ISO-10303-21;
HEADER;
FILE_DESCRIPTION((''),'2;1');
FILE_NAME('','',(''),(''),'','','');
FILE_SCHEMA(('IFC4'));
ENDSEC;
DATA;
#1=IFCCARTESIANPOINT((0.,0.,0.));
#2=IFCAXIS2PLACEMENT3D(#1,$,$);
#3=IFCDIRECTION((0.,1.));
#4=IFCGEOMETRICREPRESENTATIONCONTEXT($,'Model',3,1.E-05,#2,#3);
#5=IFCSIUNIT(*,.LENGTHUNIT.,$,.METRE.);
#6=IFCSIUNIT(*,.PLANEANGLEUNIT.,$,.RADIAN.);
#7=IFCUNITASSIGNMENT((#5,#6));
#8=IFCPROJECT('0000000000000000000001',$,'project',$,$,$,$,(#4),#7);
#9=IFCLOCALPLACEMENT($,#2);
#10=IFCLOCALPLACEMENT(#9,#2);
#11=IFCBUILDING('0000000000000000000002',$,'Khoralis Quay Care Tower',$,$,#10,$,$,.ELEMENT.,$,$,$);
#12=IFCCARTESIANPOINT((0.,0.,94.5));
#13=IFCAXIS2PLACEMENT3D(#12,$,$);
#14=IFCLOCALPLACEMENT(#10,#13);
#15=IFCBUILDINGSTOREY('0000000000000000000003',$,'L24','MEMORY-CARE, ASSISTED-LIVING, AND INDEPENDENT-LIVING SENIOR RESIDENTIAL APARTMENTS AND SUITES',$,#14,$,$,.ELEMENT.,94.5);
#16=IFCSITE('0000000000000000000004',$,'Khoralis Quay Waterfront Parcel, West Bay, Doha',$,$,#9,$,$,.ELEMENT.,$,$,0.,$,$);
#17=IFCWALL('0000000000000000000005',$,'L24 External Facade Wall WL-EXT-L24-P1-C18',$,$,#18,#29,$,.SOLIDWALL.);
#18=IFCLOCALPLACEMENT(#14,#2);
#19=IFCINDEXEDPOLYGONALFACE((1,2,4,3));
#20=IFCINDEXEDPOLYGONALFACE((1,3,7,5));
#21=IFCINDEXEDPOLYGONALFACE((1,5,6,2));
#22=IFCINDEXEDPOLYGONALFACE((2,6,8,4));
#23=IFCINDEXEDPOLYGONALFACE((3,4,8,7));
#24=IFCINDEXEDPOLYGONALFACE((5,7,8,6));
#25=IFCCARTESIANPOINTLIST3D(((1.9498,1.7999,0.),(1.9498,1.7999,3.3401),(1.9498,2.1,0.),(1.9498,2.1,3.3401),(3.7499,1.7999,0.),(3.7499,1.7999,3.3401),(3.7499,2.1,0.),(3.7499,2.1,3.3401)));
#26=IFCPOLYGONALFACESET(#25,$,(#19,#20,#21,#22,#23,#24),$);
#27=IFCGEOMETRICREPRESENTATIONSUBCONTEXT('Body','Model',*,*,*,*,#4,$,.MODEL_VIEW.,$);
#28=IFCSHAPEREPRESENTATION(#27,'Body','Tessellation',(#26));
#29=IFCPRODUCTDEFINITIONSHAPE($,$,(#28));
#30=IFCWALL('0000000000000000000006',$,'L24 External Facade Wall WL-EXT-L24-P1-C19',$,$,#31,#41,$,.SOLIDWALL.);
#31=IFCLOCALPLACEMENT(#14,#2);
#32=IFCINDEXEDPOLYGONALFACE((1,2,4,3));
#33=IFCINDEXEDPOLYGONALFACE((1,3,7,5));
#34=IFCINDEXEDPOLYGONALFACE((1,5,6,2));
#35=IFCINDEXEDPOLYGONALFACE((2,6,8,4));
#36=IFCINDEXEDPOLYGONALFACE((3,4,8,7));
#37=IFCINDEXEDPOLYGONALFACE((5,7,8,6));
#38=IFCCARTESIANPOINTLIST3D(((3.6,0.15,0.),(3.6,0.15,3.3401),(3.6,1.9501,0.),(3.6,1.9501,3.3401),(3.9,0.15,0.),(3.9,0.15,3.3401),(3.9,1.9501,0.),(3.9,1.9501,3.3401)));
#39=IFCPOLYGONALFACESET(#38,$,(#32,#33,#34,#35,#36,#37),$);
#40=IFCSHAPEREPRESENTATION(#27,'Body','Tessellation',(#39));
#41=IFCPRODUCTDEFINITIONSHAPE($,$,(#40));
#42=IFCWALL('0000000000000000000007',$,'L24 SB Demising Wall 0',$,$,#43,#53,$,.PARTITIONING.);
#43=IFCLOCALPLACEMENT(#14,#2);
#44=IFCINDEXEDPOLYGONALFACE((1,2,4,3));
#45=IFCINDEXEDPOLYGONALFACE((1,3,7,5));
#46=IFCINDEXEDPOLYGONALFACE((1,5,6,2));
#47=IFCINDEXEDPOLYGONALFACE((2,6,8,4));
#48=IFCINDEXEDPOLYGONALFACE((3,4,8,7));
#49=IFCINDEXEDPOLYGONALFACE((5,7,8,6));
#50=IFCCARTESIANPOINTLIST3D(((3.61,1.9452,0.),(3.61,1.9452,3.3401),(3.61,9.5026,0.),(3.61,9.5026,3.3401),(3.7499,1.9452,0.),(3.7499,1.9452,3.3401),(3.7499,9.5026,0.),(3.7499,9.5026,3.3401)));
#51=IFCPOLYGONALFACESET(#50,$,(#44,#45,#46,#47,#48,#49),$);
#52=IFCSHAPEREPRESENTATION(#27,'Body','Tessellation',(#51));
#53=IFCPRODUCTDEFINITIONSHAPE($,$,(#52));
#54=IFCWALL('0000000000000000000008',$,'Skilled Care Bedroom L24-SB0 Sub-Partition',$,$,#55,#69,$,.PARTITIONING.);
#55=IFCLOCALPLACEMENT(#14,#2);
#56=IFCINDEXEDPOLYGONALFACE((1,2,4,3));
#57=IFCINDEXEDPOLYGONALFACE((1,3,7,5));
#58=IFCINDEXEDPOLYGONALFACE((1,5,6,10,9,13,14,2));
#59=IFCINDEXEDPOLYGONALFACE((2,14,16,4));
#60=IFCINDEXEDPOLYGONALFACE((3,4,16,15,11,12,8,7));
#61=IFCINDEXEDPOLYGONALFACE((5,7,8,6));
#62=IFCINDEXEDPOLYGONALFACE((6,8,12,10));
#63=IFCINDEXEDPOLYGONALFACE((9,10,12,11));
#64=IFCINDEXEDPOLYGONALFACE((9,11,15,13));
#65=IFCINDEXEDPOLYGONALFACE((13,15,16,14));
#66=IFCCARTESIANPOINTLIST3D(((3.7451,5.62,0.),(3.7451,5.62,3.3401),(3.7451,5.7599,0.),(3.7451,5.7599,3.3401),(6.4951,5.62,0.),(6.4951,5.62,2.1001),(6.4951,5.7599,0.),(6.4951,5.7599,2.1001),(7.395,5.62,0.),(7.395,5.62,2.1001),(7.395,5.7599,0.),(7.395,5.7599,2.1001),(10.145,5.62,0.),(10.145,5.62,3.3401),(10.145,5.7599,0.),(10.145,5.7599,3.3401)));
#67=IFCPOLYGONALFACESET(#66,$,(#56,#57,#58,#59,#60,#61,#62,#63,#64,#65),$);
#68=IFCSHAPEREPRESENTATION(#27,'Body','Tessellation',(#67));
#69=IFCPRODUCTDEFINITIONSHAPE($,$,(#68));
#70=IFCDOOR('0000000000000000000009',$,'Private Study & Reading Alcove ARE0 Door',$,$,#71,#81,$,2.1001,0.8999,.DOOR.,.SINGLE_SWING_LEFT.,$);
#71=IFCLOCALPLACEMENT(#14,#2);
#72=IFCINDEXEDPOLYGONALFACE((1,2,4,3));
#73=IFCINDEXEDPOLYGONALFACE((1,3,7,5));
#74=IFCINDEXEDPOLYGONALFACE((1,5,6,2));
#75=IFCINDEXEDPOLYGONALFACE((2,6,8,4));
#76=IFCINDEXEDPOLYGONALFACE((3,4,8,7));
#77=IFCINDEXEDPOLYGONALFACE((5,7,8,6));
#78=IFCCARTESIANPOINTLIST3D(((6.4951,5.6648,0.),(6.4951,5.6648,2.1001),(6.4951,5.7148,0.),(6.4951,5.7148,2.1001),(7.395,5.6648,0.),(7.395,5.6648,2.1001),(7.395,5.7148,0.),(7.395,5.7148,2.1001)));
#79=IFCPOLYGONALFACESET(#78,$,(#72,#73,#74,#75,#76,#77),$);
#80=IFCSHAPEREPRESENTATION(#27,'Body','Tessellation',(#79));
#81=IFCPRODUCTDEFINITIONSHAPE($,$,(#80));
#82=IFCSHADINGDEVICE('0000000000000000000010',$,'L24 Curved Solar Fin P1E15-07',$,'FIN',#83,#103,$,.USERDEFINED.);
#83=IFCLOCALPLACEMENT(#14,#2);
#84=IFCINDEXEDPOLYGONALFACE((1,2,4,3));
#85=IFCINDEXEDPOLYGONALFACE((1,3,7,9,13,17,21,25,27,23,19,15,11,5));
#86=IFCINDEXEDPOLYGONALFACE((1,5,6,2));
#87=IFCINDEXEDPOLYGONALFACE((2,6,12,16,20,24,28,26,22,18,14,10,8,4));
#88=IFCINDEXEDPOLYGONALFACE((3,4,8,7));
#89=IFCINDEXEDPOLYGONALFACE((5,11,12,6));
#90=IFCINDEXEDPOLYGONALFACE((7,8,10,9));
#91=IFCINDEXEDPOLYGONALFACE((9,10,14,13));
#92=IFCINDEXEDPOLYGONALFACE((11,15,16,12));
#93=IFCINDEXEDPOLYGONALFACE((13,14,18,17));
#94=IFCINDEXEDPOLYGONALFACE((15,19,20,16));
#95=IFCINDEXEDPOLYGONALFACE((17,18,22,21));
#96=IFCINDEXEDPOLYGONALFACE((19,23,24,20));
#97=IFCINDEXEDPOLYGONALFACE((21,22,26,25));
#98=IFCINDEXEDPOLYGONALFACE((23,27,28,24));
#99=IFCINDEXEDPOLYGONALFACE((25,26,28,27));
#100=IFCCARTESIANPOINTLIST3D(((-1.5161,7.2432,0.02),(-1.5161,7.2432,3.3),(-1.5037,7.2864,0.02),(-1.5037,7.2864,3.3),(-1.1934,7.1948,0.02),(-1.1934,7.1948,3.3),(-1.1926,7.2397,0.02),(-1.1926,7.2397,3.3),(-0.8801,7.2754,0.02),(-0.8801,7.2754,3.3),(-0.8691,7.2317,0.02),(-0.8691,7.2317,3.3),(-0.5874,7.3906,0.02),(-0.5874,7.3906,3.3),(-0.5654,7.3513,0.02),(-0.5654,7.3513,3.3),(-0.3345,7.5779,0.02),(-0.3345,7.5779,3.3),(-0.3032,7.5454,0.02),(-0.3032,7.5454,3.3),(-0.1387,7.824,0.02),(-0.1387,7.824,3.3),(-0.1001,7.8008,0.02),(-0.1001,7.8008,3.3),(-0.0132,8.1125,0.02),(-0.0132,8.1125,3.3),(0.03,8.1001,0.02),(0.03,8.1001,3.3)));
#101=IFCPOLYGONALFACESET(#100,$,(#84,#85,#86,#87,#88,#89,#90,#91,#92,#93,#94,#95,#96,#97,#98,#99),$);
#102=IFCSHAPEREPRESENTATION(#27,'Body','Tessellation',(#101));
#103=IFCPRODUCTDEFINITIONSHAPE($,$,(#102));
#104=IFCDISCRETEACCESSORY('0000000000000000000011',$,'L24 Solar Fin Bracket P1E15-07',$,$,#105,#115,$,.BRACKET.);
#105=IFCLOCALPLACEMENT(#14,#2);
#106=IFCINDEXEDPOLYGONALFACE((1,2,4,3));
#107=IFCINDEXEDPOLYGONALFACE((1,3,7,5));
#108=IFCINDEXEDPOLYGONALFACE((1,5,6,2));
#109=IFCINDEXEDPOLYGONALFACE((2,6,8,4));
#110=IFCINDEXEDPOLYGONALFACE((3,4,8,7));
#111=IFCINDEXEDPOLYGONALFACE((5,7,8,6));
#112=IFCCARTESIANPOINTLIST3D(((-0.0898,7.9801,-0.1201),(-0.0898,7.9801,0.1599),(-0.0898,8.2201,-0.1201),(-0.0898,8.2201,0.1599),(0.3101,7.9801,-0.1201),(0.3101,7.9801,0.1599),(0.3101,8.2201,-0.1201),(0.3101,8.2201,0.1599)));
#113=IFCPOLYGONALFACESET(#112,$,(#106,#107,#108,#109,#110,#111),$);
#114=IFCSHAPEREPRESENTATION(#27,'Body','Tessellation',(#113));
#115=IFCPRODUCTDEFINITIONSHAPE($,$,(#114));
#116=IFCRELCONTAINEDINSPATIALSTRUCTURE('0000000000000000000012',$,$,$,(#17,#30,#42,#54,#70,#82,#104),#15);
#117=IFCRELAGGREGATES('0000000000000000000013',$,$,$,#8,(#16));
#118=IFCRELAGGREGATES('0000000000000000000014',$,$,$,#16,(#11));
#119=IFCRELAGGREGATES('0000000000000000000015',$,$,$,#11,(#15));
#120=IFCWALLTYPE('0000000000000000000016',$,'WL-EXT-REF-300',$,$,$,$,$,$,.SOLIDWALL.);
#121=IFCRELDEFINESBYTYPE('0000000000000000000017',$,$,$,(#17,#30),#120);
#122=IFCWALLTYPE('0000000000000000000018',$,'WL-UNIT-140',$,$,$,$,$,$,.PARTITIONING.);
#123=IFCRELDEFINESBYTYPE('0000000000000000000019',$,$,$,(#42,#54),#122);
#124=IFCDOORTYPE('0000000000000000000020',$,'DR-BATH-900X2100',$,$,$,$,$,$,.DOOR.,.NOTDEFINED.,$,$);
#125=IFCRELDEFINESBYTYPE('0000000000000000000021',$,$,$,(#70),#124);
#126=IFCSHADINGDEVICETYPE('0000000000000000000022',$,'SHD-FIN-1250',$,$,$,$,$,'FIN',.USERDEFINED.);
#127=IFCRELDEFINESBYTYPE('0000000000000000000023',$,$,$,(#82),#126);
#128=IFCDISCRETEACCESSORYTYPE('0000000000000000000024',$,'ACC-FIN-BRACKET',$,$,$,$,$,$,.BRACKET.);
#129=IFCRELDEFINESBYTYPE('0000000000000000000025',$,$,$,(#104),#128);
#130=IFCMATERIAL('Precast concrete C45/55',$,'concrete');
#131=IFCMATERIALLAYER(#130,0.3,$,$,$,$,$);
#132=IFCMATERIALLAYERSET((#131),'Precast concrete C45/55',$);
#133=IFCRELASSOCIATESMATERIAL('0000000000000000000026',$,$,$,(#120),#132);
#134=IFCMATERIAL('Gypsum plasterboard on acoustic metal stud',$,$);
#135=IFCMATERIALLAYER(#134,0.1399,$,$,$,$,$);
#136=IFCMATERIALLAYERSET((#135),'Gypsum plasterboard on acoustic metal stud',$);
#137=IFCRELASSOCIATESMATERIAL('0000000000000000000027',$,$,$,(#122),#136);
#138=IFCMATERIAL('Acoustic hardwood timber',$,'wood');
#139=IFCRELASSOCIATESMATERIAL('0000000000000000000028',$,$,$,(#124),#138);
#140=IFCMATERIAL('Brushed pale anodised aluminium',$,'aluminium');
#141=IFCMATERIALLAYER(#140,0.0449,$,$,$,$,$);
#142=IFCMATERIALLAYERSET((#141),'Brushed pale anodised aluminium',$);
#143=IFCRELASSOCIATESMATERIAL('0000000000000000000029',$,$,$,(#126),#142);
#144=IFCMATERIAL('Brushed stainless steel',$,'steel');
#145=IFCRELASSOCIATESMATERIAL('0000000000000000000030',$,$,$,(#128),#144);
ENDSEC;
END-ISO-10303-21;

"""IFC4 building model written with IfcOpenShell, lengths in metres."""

from ifc_helpers import new_model, si_unit, direction, frame, frame_2d, origin, origin_2d, place, context, subcontext, project, spatial, polyline, rectangle, outline, extrude, source, transform, mapped, material, layer, layer_set, type_object, element, fill, save


model = new_model("IFC4")

# Units and contexts
model_context = context("Model", 3, precision=1e-05, world=origin(), true_north=direction((0.0, 1.0)))
body_context = subcontext(model_context, "Body", "Model", "MODEL_VIEW")
ifc_project = project(units=[si_unit("LENGTHUNIT", "METRE"), si_unit("PLANEANGLEUNIT", "RADIAN")], contexts=[model_context])

# Site, building, storey
site_placement = place(None, origin())
site = spatial("IfcSite", under=ifc_project, at=site_placement, Name="Khoralis Quay Waterfront Parcel, West Bay, Doha", CompositionType="ELEMENT", RefElevation=0.0)
building_placement = place(site_placement, origin())
building = spatial("IfcBuilding", under=site, at=building_placement, Name="Khoralis Quay Care Tower", CompositionType="ELEMENT")
storey_placement = place(building_placement, frame((0.0, 0.0, 94.5)))
storey = spatial("IfcBuildingStorey", under=building, at=storey_placement, Name="L24", Description="MEMORY-CARE, ASSISTED-LIVING, AND INDEPENDENT-LIVING SENIOR RESIDENTIAL APARTMENTS AND SUITES", CompositionType="ELEMENT", Elevation=94.5)

# Walls
ifc_material_1 = material(Name="Precast concrete C45/55", Category="concrete")
ifc_layer_1 = layer(ifc_material_1, 0.3)
ifc_layer_set_1 = layer_set([ifc_layer_1], Name="Precast concrete C45/55")
wall_type_1 = type_object("IfcWallType", Name="WL-EXT-REF-300", PredefinedType="SOLIDWALL", material=ifc_layer_set_1)
for number, where, z_axis, x_axis, name in (
    (1, (1.95, 1.95, 0.0), (0.0, 0.0, 1.0), (1.0, 0.0, 0.0), "L24 External Facade Wall WL-EXT-L24-P1-C18"),
    (2, (3.75, 1.95, 0.0), (0.0, 0.0, 1.0), (0.0, -1.0, 0.0), "L24 External Facade Wall WL-EXT-L24-P1-C19"),
):
    element("IfcWall", number, at=place(storey_placement, frame(where, z_axis=z_axis, x_axis=x_axis)), inside=storey, type_object=wall_type_1, Name=name, PredefinedType="SOLIDWALL", context=body_context, shape_type="SweptSolid", body=[
        extrude(rectangle(XDim=1.8, YDim=0.3, at=frame_2d((0.8999, 0.0))), origin(), (0.0, 0.0, 1.0), 3.3401),
    ])
ifc_material_2 = material(Name="Gypsum plasterboard on acoustic metal stud")
ifc_layer_2 = layer(ifc_material_2, 0.1399)
ifc_layer_set_2 = layer_set([ifc_layer_2], Name="Gypsum plasterboard on acoustic metal stud")
wall_type_2 = type_object("IfcWallType", Name="WL-UNIT-140", PredefinedType="PARTITIONING", material=ifc_layer_set_2)
wall_1_placement = place(storey_placement, frame((3.6799, 1.9451, 0.0), z_axis=(0.0, 0.0, 1.0), x_axis=(0.0, 1.0, 0.0)))
element("IfcWall", 3, at=wall_1_placement, inside=storey, type_object=wall_type_2, Name="L24 SB Demising Wall 0", PredefinedType="PARTITIONING", context=body_context, shape_type="SweptSolid", body=[
    extrude(rectangle(XDim=7.5574, YDim=0.1399, at=frame_2d((3.7788, 0.0))), origin(), (0.0, 0.0, 1.0), 3.3401),
])

# Wall, opening, door
wall_2_placement = place(storey_placement, frame((3.7451, 5.6899, 0.0), z_axis=(0.0, 0.0, 1.0), x_axis=(1.0, 0.0, 0.0)))
wall_2 = element("IfcWall", 4, at=wall_2_placement, inside=storey, type_object=wall_type_2, Name="Skilled Care Bedroom L24-SB0 Sub-Partition", PredefinedType="PARTITIONING", context=body_context, shape_type="SweptSolid", body=[
    extrude(rectangle(XDim=6.3999, YDim=0.1399, at=frame_2d((3.2, 0.0))), origin(), (0.0, 0.0, 1.0), 3.3401),
])
opening_placement = place(wall_2_placement, frame((2.75, 0.0, 0.0)))
opening = element("IfcOpeningElement", 5, at=opening_placement, cuts=wall_2, PredefinedType="OPENING", context=body_context, shape_type="SweptSolid", body=[
    extrude(rectangle(XDim=0.8999, YDim=2.1001, at=frame_2d((0.45, 1.05))), frame((0.0, 0.0801, 0.0), z_axis=(0.0, -1.0, 0.0), x_axis=(1.0, 0.0, 0.0)), (0.0, 0.0, 1.0), 0.1599),
])
ifc_material_3 = material(Name="Acoustic hardwood timber", Category="wood")
door_type = type_object("IfcDoorType", Name="DR-BATH-900X2100", OperationType="NOTDEFINED", PredefinedType="DOOR", material=ifc_material_3)
shared_shape_1 = source(origin(), body_context, "Body", "SweptSolid", [
    extrude(rectangle(XDim=0.8999, YDim=2.1001, at=frame_2d((0.45, 1.05))), frame((0.0, 0.0249, 0.0), z_axis=(0.0, -1.0, 0.0), x_axis=(1.0, 0.0, 0.0)), (0.0, 0.0, 1.0), 0.05),
])
door_placement = place(opening_placement, origin())
door = element("IfcDoor", 6, at=door_placement, inside=storey, type_object=door_type, Name="Private Study & Reading Alcove ARE0 Door", OperationType="SINGLE_SWING_LEFT", OverallHeight=2.1001, OverallWidth=0.8999, PredefinedType="DOOR", context=body_context, shape_type="MappedRepresentation", body=[
    mapped(shared_shape_1, transform((0.0, 0.0, 0.0), scale=1.0)),
])
fill(opening, door)

# Shading device
ifc_material_4 = material(Name="Brushed pale anodised aluminium", Category="aluminium")
ifc_layer_3 = layer(ifc_material_4, 0.0449)
ifc_layer_set_3 = layer_set([ifc_layer_3], Name="Brushed pale anodised aluminium")
shading_device_type = type_object("IfcShadingDeviceType", Name="SHD-FIN-1250", ElementType="FIN", PredefinedType="USERDEFINED", material=ifc_layer_set_3)
shared_shape_2 = source(origin(), body_context, "Body", "SweptSolid", [
    extrude(outline(polyline([(0.0, 0.0), (0.1301, 0.2993), (0.3333, 0.5547), (0.5955, 0.7488), (0.8992, 0.8684), (1.2234, 0.9053), (1.5461, 0.8569), (1.5337, 0.8137), (1.2227, 0.8604), (0.9102, 0.8247), (0.6174, 0.7095), (0.3645, 0.5222), (0.1687, 0.2761), (0.0432, -0.0125), (0.0, 0.0)])), origin(), (0.0, 0.0, 1.0), 3.28),
])
shading_device_placement = place(storey_placement, frame((0.03, 8.1001, 0.02), z_axis=(0.0, 0.0, 1.0), x_axis=(-1.0, 0.0, 0.0)))
element("IfcShadingDevice", 7, at=shading_device_placement, inside=storey, type_object=shading_device_type, Name="L24 Curved Solar Fin P1E15-07", ObjectType="FIN", PredefinedType="USERDEFINED", context=body_context, shape_type="MappedRepresentation", body=[
    mapped(shared_shape_2, transform((0.0, 0.0, 0.0), scale=1.0)),
])

# Discrete accessory
ifc_material_5 = material(Name="Brushed stainless steel", Category="steel")
discrete_accessory_type = type_object("IfcDiscreteAccessoryType", Name="ACC-FIN-BRACKET", PredefinedType="BRACKET", material=ifc_material_5)
shared_shape_3 = source(origin(), body_context, "Body", "SweptSolid", [
    extrude(rectangle(XDim=0.3999, YDim=0.24, at=origin_2d()), origin(), (0.0, 0.0, 1.0), 0.28),
])
discrete_accessory_placement = place(storey_placement, frame((0.1101, 8.1001, -0.1201), z_axis=(0.0, 0.0, 1.0), x_axis=(-1.0, 0.0, 0.0)))
element("IfcDiscreteAccessory", 8, at=discrete_accessory_placement, inside=storey, type_object=discrete_accessory_type, Name="L24 Solar Fin Bracket P1E15-07", PredefinedType="BRACKET", context=body_context, shape_type="MappedRepresentation", body=[
    mapped(shared_shape_3, transform((0.0, 0.0, 0.0), scale=1.0)),
])

save(model, "model.ifc")
